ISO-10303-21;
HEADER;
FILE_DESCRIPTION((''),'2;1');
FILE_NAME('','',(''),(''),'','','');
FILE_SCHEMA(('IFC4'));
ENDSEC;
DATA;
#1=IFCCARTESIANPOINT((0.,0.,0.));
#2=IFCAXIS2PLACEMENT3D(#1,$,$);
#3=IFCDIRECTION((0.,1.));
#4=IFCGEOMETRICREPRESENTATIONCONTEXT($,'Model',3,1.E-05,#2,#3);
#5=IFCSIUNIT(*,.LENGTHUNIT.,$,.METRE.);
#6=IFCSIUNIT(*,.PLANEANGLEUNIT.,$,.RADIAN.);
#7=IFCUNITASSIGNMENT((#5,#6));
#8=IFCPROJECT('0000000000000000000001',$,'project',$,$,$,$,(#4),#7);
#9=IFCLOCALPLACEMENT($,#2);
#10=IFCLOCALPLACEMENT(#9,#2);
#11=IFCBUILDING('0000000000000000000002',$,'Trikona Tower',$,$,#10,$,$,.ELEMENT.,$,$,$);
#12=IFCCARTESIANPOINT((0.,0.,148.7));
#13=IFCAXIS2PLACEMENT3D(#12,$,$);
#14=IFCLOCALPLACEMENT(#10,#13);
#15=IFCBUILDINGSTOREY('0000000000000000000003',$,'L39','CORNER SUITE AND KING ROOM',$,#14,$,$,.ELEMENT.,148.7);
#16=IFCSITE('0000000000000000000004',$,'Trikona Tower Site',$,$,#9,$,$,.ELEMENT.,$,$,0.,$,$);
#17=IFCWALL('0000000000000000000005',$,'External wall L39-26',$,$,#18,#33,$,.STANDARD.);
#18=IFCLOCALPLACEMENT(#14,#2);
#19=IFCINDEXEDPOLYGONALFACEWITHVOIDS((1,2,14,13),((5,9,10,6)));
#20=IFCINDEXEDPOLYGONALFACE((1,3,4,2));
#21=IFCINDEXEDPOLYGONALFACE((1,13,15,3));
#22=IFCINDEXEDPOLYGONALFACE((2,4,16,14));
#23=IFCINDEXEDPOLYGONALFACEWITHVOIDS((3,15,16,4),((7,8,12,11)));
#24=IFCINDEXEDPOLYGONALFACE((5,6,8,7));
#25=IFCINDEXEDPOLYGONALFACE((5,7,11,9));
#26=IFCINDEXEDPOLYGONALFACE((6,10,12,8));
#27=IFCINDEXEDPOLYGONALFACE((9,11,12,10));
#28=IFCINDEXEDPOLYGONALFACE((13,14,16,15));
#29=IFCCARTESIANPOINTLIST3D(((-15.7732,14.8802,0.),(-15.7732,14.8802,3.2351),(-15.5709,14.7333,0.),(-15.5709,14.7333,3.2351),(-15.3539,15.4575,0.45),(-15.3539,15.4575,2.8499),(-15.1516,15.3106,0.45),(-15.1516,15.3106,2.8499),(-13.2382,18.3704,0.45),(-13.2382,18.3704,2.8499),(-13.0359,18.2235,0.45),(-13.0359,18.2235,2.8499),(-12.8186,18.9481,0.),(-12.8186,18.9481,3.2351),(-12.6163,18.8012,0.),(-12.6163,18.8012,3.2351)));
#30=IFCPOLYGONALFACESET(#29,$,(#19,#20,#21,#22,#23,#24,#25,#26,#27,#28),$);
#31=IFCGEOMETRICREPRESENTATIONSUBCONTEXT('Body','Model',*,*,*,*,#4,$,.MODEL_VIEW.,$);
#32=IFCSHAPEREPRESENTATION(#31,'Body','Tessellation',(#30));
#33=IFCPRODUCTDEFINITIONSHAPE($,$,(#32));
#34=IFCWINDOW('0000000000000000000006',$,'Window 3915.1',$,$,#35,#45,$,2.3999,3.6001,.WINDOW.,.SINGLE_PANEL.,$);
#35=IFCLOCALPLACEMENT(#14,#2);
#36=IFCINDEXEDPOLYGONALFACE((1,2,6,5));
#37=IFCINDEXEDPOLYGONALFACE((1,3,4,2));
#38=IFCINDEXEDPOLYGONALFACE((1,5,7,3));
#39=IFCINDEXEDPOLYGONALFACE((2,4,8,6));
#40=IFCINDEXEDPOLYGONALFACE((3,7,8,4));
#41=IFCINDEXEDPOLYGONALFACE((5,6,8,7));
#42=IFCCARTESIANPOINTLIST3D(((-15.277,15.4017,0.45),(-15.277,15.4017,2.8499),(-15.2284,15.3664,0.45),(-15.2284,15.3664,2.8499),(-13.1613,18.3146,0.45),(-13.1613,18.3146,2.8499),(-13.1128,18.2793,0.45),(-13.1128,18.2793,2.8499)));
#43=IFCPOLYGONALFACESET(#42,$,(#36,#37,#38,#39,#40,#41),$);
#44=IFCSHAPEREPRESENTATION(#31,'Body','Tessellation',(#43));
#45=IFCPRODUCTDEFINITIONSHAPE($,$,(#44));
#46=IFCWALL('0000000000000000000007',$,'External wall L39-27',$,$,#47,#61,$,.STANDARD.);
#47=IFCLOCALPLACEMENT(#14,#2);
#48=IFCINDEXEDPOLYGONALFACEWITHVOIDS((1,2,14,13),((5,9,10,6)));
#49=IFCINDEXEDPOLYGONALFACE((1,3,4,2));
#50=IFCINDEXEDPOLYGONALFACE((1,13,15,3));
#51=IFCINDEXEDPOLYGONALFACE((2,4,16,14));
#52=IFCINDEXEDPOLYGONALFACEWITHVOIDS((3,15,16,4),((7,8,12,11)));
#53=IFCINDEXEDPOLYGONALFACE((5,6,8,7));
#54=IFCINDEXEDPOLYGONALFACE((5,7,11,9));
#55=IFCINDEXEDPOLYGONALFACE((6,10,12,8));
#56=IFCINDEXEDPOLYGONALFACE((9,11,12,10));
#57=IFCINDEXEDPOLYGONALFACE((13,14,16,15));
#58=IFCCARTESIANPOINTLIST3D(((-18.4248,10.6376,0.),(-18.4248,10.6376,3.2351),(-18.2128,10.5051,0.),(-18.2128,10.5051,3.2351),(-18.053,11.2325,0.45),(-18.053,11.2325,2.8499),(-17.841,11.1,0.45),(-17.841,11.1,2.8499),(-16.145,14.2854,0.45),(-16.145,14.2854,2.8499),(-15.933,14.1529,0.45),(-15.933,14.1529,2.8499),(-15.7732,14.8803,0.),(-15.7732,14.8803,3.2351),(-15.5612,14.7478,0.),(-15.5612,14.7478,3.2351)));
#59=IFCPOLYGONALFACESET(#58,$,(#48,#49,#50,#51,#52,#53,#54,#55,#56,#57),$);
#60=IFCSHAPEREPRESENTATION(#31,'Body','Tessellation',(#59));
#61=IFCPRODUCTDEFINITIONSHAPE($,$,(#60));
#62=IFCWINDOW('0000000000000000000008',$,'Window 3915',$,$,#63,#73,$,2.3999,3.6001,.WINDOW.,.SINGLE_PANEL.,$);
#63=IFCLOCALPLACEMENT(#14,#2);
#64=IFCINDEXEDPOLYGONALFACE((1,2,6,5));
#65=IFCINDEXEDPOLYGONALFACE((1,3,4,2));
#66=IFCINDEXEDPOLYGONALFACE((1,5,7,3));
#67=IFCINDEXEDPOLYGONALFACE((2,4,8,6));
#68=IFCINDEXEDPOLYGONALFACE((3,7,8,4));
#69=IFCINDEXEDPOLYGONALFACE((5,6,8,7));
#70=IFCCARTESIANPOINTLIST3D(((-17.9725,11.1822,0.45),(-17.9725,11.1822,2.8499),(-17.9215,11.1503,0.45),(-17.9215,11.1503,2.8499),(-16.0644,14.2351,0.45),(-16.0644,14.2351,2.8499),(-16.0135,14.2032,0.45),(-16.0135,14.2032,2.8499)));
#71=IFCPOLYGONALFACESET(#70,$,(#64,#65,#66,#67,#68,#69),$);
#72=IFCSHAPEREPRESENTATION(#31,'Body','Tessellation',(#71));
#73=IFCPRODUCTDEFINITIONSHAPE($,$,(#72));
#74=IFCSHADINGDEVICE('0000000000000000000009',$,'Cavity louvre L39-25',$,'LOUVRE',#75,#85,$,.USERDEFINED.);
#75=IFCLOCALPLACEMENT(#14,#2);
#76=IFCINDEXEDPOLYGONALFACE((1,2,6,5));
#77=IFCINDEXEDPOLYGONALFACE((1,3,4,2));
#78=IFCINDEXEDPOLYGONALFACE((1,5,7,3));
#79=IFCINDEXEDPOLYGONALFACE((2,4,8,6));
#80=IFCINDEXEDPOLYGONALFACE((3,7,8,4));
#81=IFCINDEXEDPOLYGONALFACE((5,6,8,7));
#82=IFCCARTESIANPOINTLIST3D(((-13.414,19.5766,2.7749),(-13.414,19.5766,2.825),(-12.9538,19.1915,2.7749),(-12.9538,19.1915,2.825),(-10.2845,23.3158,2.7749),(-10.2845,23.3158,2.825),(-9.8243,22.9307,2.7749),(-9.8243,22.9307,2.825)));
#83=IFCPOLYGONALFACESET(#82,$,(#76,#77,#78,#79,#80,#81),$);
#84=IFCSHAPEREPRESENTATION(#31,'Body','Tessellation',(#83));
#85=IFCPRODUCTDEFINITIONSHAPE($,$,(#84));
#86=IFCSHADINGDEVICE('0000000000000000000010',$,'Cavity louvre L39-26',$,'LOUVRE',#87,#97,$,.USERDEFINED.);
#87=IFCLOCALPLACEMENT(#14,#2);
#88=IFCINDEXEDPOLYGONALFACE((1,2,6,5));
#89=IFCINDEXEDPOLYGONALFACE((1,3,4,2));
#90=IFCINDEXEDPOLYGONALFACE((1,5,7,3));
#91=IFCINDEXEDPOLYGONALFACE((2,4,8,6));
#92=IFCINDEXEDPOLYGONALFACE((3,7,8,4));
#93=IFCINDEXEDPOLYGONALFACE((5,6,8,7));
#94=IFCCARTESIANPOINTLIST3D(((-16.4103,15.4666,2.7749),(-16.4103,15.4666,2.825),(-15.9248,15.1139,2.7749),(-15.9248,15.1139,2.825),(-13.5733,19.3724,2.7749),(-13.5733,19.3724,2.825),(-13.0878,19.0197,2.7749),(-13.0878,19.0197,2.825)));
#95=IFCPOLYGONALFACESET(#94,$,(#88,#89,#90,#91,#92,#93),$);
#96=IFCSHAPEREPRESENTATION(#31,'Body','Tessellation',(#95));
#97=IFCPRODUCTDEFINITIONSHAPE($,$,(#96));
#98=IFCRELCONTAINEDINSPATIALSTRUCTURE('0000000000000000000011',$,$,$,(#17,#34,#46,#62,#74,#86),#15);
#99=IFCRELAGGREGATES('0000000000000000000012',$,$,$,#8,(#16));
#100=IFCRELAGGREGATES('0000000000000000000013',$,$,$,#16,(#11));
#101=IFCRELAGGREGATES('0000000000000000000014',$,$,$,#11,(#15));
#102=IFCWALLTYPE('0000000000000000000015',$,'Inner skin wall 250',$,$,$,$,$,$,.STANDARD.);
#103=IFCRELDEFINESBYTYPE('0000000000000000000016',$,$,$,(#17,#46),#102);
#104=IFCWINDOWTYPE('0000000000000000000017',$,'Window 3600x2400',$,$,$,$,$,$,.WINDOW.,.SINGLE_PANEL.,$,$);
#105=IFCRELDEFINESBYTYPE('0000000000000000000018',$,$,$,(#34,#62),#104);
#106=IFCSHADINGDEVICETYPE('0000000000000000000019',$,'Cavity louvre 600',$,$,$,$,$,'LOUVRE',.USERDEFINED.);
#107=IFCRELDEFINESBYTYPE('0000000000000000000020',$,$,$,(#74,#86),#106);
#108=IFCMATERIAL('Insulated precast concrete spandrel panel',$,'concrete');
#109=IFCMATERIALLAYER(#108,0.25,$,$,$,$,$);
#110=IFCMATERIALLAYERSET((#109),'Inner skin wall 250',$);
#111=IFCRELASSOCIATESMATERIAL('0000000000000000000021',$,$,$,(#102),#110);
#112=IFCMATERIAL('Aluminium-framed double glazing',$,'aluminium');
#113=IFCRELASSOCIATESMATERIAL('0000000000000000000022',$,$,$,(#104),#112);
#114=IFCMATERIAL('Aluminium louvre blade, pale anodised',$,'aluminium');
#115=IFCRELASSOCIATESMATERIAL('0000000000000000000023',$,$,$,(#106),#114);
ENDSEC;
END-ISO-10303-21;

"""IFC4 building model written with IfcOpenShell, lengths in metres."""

from ifc_helpers import new_model, si_unit, direction, frame, frame_2d, origin, origin_2d, place, context, subcontext, project, spatial, rectangle, extrude, material, layer, layer_set, type_object, element, fill, save


model = new_model("IFC4")

# Units and contexts
model_context = context("Model", 3, precision=1e-05, world=origin(), true_north=direction((0.0, 1.0)))
body_context = subcontext(model_context, "Body", "Model", "MODEL_VIEW")
ifc_project = project(units=[si_unit("LENGTHUNIT", "METRE"), si_unit("PLANEANGLEUNIT", "RADIAN")], contexts=[model_context])

# Site, building, storey
site_placement = place(None, origin())
site = spatial("IfcSite", under=ifc_project, at=site_placement, Name="Trikona Tower Site", CompositionType="ELEMENT", RefElevation=0.0)
building_placement = place(site_placement, origin())
building = spatial("IfcBuilding", under=site, at=building_placement, Name="Trikona Tower", CompositionType="ELEMENT")
storey_placement = place(building_placement, frame((0.0, 0.0, 148.7)))
storey = spatial("IfcBuildingStorey", under=building, at=storey_placement, Name="L39", Description="CORNER SUITE AND KING ROOM", CompositionType="ELEMENT", Elevation=148.7)

# Walls, openings, windows
ifc_material_1 = material(Name="Insulated precast concrete spandrel panel", Category="concrete")
ifc_layer_1 = layer(ifc_material_1, 0.25)
ifc_layer_set_1 = layer_set([ifc_layer_1], Name="Inner skin wall 250")
wall_type = type_object("IfcWallType", Name="Inner skin wall 250", PredefinedType="STANDARD", material=ifc_layer_set_1)
ifc_material_2 = material(Name="Aluminium-framed double glazing", Category="aluminium")
window_type = type_object("IfcWindowType", Name="Window 3600x2400", PartitioningType="SINGLE_PANEL", PredefinedType="WINDOW", material=ifc_material_2)
wall_1_placement = place(storey_placement, frame((-12.7175, 18.8745, 0.0), z_axis=(0.0, 0.0, 1.0), x_axis=(-0.587669, -0.809101, 0.0)))
wall_1 = element("IfcWall", 1, at=wall_1_placement, inside=storey, type_object=wall_type, Name="External wall L39-26", PredefinedType="STANDARD", context=body_context, shape_type="SweptSolid", body=[
    extrude(rectangle(XDim=5.0276, YDim=0.25, at=frame_2d((2.5137, 0.0))), origin(), (0.0, 0.0, 1.0), 3.2351),
])
opening_1_placement = place(wall_1_placement, frame((0.7139, 0.0, 0.45)))
opening_1 = element("IfcOpeningElement", 2, at=opening_1_placement, cuts=wall_1, PredefinedType="OPENING", context=body_context, shape_type="SweptSolid", body=[
    extrude(rectangle(XDim=3.6001, YDim=2.3999, at=frame_2d((1.8, 1.2))), frame((0.0, 0.135, 0.0), z_axis=(0.0, -1.0, 0.0), x_axis=(1.0, 0.0, 0.0)), (0.0, 0.0, 1.0), 0.27),
])
window_1_placement = place(opening_1_placement, origin())
window_1 = element("IfcWindow", 3, at=window_1_placement, inside=storey, type_object=window_type, Name="Window 3915.1", OverallHeight=2.3999, OverallWidth=3.6001, PartitioningType="SINGLE_PANEL", PredefinedType="WINDOW", context=body_context, shape_type="SweptSolid", body=[
    extrude(rectangle(XDim=3.6001, YDim=2.3999, at=frame_2d((1.8, 1.2))), frame((0.0, 0.03, 0.0), z_axis=(0.0, -1.0, 0.0), x_axis=(1.0, 0.0, 0.0)), (0.0, 0.0, 1.0), 0.0601),
])
fill(opening_1, window_1)
wall_2_placement = place(storey_placement, frame((-15.6672, 14.814, 0.0), z_axis=(0.0, 0.0, 1.0), x_axis=(-0.52999, -0.848004, 0.0)))
wall_2 = element("IfcWall", 4, at=wall_2_placement, inside=storey, type_object=wall_type, Name="External wall L39-27", PredefinedType="STANDARD", context=body_context, shape_type="SweptSolid", body=[
    extrude(rectangle(XDim=5.0032, YDim=0.25, at=frame_2d((2.5015, 0.0))), origin(), (0.0, 0.0, 1.0), 3.2351),
])
opening_2_placement = place(wall_2_placement, frame((0.7014, 0.0, 0.45)))
opening_2 = element("IfcOpeningElement", 5, at=opening_2_placement, cuts=wall_2, PredefinedType="OPENING", context=body_context, shape_type="SweptSolid", body=[
    extrude(rectangle(XDim=3.6001, YDim=2.3999, at=frame_2d((1.8, 1.2))), frame((0.0, 0.135, 0.0), z_axis=(0.0, -1.0, 0.0), x_axis=(1.0, 0.0, 0.0)), (0.0, 0.0, 1.0), 0.27),
])
window_2_placement = place(opening_2_placement, origin())
window_2 = element("IfcWindow", 6, at=window_2_placement, inside=storey, type_object=window_type, Name="Window 3915", OverallHeight=2.3999, OverallWidth=3.6001, PartitioningType="SINGLE_PANEL", PredefinedType="WINDOW", context=body_context, shape_type="SweptSolid", body=[
    extrude(rectangle(XDim=3.6001, YDim=2.3999, at=frame_2d((1.8, 1.2))), frame((0.0, 0.03, 0.0), z_axis=(0.0, -1.0, 0.0), x_axis=(1.0, 0.0, 0.0)), (0.0, 0.0, 1.0), 0.0601),
])
fill(opening_2, window_2)

# Shading devices
ifc_material_3 = material(Name="Aluminium louvre blade, pale anodised", Category="aluminium")
shading_device_type = type_object("IfcShadingDeviceType", Name="Cavity louvre 600", ElementType="LOUVRE", PredefinedType="USERDEFINED", material=ifc_material_3)
shading_device_1_placement = place(storey_placement, frame((-11.6191, 21.2537, 2.7749), z_axis=(0.0, 0.0, 1.0), x_axis=(-0.641807, -0.766866, 0.0)))
element("IfcShadingDevice", 7, at=shading_device_1_placement, inside=storey, type_object=shading_device_type, Name="Cavity louvre L39-25", ObjectType="LOUVRE", PredefinedType="USERDEFINED", context=body_context, shape_type="SweptSolid", body=[
    extrude(rectangle(XDim=4.876, YDim=0.6001, at=origin_2d()), origin(), (0.0, 0.0, 1.0), 0.05),
])
shading_device_2_placement = place(storey_placement, frame((-14.749, 17.2432, 2.7749), z_axis=(0.0, 0.0, 1.0), x_axis=(-0.587686, -0.809089, 0.0)))
element("IfcShadingDevice", 8, at=shading_device_2_placement, inside=storey, type_object=shading_device_type, Name="Cavity louvre L39-26", ObjectType="LOUVRE", PredefinedType="USERDEFINED", context=body_context, shape_type="SweptSolid", body=[
    extrude(rectangle(XDim=4.8274, YDim=0.6001, at=origin_2d()), origin(), (0.0, 0.0, 1.0), 0.05),
])

save(model, "model.ifc")
